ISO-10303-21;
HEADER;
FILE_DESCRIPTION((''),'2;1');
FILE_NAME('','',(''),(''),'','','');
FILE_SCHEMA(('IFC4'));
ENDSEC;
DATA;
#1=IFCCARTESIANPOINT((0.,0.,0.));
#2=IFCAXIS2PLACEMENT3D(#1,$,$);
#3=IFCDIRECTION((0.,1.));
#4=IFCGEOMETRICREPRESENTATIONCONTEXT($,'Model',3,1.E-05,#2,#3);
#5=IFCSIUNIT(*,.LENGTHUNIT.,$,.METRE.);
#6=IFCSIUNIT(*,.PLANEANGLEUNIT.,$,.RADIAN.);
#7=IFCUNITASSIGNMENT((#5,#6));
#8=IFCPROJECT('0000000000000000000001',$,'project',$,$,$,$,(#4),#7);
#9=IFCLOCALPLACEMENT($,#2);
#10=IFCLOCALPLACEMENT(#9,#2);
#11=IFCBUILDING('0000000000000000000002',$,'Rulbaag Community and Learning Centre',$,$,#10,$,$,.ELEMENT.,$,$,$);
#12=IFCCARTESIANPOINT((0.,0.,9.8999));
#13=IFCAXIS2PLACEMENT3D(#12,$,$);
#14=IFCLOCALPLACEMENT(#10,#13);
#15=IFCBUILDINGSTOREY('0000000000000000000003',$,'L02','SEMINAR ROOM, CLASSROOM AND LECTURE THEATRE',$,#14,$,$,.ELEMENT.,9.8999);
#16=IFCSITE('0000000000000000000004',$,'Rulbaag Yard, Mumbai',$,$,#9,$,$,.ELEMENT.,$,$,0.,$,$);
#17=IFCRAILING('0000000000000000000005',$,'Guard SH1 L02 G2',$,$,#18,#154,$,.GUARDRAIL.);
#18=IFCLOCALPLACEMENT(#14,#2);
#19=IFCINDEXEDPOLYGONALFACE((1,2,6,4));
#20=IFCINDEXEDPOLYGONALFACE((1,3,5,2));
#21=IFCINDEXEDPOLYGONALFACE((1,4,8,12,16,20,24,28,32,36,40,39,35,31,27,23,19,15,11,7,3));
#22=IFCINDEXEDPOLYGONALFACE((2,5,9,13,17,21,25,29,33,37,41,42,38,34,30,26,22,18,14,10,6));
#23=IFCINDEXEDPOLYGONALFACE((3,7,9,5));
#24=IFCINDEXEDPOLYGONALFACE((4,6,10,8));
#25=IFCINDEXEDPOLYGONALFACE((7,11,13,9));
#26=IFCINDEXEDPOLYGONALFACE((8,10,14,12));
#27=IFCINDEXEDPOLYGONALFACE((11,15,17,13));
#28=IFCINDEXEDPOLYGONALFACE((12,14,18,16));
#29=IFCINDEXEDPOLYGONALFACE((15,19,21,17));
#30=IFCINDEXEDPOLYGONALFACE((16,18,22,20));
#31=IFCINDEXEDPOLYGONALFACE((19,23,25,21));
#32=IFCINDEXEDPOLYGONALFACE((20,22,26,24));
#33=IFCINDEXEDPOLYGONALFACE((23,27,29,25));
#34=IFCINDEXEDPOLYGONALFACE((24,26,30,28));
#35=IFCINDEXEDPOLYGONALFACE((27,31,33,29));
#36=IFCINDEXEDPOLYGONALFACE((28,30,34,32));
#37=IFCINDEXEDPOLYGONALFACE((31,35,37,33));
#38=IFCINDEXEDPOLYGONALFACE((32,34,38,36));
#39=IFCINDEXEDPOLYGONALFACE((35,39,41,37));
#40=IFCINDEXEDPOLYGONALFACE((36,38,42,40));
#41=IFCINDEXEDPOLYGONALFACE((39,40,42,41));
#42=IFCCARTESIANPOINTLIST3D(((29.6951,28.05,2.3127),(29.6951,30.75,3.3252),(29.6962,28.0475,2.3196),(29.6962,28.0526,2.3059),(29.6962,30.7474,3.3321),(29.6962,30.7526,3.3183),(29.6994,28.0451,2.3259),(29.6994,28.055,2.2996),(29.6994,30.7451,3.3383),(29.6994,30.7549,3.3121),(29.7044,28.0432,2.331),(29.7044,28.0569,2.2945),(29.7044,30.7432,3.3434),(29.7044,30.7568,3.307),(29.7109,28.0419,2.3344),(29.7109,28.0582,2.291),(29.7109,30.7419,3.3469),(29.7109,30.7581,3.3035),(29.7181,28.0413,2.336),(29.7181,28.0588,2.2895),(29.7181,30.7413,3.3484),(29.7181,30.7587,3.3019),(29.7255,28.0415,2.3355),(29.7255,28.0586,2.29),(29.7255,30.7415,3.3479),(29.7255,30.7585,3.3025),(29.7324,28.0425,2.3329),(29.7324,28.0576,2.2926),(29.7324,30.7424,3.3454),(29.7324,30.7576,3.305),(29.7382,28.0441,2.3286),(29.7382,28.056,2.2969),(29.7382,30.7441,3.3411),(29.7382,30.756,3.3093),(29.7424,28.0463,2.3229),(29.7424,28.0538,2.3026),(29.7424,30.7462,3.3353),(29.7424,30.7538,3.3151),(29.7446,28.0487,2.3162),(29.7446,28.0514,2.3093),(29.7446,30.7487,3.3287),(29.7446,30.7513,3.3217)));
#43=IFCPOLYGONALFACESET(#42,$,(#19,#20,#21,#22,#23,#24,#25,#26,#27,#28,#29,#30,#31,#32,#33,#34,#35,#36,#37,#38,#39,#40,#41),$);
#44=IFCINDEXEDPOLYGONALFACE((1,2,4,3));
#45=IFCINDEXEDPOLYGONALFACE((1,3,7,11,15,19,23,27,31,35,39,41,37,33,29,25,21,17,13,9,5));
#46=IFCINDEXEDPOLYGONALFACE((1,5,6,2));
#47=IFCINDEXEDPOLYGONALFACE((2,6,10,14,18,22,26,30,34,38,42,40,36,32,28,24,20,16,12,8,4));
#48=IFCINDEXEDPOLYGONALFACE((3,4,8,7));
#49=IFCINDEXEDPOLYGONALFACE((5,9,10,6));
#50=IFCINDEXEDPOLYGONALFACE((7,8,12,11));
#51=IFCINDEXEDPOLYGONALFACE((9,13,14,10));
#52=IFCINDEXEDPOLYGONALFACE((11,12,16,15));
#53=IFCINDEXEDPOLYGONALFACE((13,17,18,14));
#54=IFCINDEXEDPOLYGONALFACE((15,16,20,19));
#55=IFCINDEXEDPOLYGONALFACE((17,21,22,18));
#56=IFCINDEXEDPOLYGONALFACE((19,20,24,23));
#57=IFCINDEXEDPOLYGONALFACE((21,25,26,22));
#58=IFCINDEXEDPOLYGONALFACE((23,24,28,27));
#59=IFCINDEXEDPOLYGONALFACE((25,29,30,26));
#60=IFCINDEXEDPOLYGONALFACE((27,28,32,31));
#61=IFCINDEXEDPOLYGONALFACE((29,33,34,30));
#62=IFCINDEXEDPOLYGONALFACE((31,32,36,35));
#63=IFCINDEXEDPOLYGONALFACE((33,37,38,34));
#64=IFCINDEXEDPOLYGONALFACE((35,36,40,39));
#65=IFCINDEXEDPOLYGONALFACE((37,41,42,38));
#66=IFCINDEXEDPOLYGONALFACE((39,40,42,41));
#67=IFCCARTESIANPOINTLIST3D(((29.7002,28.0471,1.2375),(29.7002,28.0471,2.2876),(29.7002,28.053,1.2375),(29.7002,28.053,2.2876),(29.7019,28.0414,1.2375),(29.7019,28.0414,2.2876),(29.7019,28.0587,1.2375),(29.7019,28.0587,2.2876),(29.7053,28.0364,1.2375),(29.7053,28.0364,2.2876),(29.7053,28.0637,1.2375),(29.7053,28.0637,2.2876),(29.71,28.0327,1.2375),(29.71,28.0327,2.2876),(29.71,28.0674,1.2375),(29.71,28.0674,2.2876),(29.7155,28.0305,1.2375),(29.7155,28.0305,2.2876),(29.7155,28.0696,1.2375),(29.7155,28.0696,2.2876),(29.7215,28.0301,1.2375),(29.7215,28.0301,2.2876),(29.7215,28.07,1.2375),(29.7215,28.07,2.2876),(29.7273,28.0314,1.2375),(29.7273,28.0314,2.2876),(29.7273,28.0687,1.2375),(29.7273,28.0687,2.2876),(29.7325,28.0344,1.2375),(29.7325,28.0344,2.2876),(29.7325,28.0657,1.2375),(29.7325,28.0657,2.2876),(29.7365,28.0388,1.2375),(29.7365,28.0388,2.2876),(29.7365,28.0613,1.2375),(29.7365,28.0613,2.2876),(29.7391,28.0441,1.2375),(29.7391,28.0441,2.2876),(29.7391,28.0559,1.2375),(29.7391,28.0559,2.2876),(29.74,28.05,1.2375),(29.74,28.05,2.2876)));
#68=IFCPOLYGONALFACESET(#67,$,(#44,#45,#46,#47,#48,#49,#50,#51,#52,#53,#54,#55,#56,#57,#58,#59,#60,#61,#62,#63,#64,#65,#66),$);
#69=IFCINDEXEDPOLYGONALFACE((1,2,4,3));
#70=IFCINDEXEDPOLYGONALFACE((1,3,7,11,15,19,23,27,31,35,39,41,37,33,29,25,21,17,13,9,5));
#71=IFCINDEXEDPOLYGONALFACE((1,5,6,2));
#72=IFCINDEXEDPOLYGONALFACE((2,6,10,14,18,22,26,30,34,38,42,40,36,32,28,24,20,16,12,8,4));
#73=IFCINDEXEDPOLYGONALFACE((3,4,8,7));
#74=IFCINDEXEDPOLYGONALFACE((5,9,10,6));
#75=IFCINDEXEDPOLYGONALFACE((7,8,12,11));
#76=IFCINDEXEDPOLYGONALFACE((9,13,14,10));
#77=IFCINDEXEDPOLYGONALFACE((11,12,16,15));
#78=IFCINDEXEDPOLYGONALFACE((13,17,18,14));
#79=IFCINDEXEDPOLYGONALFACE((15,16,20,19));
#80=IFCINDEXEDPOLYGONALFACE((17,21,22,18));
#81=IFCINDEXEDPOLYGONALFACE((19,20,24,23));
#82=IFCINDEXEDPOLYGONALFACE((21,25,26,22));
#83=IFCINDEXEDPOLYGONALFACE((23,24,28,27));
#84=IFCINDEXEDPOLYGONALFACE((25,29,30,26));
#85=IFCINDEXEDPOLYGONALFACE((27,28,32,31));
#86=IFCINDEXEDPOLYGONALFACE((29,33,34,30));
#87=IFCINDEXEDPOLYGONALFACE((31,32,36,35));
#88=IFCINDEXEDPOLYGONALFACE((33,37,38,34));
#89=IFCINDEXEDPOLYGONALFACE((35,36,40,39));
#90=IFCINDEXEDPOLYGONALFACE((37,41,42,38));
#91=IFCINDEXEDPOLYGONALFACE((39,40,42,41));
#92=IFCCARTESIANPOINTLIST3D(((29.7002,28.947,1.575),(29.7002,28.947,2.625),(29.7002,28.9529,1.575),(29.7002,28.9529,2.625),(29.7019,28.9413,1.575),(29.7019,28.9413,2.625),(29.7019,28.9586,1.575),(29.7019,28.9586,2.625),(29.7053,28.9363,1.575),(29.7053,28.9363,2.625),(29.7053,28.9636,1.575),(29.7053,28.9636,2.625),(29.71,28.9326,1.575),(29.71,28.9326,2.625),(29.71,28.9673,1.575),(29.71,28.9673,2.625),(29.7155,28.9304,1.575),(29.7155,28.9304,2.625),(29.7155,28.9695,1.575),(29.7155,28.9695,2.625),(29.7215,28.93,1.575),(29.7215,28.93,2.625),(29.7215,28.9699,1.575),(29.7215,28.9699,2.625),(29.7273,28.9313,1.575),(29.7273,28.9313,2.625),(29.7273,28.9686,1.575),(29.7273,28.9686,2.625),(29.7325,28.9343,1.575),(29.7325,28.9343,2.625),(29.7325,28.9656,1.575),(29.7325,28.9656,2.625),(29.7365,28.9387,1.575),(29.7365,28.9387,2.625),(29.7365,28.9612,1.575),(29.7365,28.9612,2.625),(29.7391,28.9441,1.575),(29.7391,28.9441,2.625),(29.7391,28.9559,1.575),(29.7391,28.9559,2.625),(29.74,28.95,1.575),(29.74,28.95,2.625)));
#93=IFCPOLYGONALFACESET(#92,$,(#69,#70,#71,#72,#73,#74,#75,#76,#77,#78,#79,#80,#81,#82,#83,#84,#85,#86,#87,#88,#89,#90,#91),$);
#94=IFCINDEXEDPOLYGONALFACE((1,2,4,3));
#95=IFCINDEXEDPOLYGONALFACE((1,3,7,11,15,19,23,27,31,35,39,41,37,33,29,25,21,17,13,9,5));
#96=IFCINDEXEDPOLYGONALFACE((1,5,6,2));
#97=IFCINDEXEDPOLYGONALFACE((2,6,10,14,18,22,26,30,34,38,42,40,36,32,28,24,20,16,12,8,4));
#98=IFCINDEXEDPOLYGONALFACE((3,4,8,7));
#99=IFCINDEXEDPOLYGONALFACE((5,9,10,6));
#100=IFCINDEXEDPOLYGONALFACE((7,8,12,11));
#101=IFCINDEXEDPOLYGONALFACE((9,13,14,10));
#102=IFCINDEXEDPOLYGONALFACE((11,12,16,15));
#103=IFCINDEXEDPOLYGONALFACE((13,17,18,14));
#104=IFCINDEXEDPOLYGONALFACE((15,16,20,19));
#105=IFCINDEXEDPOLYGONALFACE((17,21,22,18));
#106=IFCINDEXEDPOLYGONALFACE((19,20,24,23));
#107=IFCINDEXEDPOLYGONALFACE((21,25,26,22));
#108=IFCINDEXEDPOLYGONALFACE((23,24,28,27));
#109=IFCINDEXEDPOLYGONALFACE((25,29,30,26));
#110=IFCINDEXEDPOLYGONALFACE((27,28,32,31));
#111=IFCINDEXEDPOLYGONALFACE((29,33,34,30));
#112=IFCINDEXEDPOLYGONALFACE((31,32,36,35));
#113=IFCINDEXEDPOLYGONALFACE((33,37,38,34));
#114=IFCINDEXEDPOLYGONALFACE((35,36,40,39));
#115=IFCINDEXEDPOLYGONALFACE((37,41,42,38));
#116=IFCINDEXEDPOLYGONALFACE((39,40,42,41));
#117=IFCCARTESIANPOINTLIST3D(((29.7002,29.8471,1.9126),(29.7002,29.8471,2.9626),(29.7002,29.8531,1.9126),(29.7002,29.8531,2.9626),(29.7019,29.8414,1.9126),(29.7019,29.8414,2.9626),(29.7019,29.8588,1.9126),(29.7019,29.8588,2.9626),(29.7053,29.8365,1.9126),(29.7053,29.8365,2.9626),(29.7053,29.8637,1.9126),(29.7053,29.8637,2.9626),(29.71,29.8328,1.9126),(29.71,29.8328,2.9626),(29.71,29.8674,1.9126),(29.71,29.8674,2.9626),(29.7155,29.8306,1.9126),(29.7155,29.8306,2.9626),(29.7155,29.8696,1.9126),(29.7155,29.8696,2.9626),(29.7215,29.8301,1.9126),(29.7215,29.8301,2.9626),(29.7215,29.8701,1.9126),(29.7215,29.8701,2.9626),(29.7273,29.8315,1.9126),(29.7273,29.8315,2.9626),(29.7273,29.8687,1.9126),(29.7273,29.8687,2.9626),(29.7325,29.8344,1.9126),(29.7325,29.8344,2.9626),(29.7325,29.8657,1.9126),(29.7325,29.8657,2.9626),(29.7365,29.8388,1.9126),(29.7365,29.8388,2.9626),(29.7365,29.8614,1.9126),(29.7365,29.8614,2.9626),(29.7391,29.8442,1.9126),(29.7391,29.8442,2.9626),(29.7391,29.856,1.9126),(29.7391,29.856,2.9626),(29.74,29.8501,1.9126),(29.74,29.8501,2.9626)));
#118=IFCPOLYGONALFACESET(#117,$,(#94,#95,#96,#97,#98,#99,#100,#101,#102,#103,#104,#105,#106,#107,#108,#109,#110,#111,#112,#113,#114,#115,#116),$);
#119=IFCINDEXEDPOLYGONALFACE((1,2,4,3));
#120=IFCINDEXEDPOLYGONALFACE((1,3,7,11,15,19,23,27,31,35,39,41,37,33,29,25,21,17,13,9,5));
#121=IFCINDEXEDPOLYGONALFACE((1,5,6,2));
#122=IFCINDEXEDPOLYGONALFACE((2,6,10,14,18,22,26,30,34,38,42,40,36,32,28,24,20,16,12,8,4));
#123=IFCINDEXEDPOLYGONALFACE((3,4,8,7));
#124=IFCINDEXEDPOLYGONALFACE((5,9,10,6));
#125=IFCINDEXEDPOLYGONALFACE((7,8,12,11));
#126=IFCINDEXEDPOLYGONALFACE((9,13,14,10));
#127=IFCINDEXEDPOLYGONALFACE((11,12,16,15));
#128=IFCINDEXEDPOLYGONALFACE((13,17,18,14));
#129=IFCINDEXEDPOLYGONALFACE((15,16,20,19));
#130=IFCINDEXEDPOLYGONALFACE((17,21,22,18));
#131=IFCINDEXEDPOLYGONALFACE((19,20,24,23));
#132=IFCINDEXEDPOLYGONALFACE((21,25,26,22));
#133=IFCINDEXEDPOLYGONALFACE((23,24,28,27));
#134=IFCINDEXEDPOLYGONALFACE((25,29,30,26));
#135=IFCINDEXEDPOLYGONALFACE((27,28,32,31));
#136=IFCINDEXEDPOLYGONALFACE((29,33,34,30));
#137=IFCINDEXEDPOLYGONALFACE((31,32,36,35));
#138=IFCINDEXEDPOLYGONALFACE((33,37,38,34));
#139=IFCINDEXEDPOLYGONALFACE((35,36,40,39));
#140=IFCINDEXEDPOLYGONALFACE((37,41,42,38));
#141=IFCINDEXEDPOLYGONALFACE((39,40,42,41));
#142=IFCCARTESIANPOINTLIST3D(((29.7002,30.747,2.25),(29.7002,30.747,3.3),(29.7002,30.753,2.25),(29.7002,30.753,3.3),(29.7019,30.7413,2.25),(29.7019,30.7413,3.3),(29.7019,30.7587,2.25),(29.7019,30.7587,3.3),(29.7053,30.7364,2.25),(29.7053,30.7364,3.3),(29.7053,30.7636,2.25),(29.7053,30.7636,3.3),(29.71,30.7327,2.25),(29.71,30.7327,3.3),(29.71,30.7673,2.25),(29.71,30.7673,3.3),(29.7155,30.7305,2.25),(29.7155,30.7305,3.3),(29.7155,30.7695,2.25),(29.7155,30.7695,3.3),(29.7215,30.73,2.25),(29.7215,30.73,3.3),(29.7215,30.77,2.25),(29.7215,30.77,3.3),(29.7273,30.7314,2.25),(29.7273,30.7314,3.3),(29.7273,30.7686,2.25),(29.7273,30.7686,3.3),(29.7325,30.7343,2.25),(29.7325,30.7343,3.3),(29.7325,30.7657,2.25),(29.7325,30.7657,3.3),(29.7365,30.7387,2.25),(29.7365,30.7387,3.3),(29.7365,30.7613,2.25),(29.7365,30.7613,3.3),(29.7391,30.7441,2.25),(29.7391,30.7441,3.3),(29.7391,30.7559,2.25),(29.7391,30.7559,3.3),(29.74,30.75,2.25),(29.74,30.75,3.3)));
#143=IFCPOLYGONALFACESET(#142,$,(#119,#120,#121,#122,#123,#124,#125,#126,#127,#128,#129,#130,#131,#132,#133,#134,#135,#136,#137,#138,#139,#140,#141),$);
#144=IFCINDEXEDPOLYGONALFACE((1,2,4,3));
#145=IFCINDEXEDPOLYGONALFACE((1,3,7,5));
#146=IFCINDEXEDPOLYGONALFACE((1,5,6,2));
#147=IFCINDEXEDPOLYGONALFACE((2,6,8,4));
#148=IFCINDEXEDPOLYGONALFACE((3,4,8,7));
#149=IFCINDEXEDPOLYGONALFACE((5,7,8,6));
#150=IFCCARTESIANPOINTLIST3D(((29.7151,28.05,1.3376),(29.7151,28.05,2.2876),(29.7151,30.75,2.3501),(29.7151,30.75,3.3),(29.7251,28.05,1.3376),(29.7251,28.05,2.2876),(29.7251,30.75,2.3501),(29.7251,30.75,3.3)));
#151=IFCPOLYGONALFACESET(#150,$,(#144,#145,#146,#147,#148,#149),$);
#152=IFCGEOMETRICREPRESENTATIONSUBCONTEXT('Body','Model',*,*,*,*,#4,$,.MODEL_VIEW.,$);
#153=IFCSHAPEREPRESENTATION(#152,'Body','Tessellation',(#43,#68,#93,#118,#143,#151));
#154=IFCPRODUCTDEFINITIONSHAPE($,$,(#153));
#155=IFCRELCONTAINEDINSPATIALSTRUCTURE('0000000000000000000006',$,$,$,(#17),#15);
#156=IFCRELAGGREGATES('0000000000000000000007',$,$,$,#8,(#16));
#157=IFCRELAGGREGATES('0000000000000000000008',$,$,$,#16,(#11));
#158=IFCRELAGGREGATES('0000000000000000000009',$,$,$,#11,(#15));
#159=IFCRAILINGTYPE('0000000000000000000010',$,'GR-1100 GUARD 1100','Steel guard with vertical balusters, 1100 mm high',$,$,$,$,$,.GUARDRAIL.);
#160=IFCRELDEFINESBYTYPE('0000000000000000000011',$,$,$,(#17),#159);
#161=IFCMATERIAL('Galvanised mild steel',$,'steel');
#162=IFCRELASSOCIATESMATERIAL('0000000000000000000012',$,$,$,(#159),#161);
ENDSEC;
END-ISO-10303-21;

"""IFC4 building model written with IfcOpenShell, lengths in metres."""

from ifc_helpers import new_model, si_unit, direction, frame, origin, origin_2d, place, context, subcontext, project, spatial, polyline, circle, outline, extrude, material, type_object, element, save


model = new_model("IFC4")

# Units and contexts
model_context = context("Model", 3, precision=1e-05, world=origin(), true_north=direction((0.0, 1.0)))
body_context = subcontext(model_context, "Body", "Model", "MODEL_VIEW")
ifc_project = project(units=[si_unit("LENGTHUNIT", "METRE"), si_unit("PLANEANGLEUNIT", "RADIAN")], contexts=[model_context])

# Site, building, storey
site_placement = place(None, origin())
site = spatial("IfcSite", under=ifc_project, at=site_placement, Name="Rulbaag Yard, Mumbai", CompositionType="ELEMENT", RefElevation=0.0)
building_placement = place(site_placement, origin())
building = spatial("IfcBuilding", under=site, at=building_placement, Name="Rulbaag Community and Learning Centre", CompositionType="ELEMENT")
storey_placement = place(building_placement, frame((0.0, 0.0, 9.8999)))
storey = spatial("IfcBuildingStorey", under=building, at=storey_placement, Name="L02", Description="SEMINAR ROOM, CLASSROOM AND LECTURE THEATRE", CompositionType="ELEMENT", Elevation=9.8999)

# Railing
ifc_material_1 = material(Name="Galvanised mild steel", Category="steel")
railing_type_1 = type_object("IfcRailingType", Name="GR-1100 GUARD 1100", Description="Steel guard with vertical balusters, 1100 mm high", PredefinedType="GUARDRAIL", material=ifc_material_1)
railing_1_placement = place(storey_placement, frame((29.72, 28.05, 1.2375)))
element("IfcRailing", 1, at=railing_1_placement, inside=storey, type_object=railing_type_1, Name="Guard SH1 L02 G2", PredefinedType="GUARDRAIL", context=body_context, shape_type="SweptSolid", body=[
    extrude(circle(Radius=0.0249, at=origin_2d()), frame((0.0, 0.0, 1.0752), z_axis=(0.0, 0.936333, 0.351114), x_axis=(-1.0, 0.0, 0.0)), (0.0, 0.0, 1.0), 2.8835),
    extrude(circle(Radius=0.02, at=origin_2d()), origin(), (0.0, 0.0, 1.0), 1.05),
    extrude(circle(Radius=0.02, at=origin_2d()), frame((0.0, 0.8999, 0.3374)), (0.0, 0.0, 1.0), 1.05),
    extrude(circle(Radius=0.02, at=origin_2d()), frame((0.0, 1.8, 0.675)), (0.0, 0.0, 1.0), 1.05),
    extrude(circle(Radius=0.02, at=origin_2d()), frame((0.0, 2.7, 1.0125)), (0.0, 0.0, 1.0), 1.05),
    extrude(outline(polyline([(0.0, 0.0), (2.7, 1.0125), (2.7, 1.9624), (0.0, 0.95), (0.0, 0.0)])), frame((-0.0049, 0.0, 0.1001), z_axis=(1.0, 0.0, 0.0), x_axis=(0.0, 1.0, 0.0)), (0.0, 0.0, 1.0), 0.01),
])

save(model, "model.ifc")
